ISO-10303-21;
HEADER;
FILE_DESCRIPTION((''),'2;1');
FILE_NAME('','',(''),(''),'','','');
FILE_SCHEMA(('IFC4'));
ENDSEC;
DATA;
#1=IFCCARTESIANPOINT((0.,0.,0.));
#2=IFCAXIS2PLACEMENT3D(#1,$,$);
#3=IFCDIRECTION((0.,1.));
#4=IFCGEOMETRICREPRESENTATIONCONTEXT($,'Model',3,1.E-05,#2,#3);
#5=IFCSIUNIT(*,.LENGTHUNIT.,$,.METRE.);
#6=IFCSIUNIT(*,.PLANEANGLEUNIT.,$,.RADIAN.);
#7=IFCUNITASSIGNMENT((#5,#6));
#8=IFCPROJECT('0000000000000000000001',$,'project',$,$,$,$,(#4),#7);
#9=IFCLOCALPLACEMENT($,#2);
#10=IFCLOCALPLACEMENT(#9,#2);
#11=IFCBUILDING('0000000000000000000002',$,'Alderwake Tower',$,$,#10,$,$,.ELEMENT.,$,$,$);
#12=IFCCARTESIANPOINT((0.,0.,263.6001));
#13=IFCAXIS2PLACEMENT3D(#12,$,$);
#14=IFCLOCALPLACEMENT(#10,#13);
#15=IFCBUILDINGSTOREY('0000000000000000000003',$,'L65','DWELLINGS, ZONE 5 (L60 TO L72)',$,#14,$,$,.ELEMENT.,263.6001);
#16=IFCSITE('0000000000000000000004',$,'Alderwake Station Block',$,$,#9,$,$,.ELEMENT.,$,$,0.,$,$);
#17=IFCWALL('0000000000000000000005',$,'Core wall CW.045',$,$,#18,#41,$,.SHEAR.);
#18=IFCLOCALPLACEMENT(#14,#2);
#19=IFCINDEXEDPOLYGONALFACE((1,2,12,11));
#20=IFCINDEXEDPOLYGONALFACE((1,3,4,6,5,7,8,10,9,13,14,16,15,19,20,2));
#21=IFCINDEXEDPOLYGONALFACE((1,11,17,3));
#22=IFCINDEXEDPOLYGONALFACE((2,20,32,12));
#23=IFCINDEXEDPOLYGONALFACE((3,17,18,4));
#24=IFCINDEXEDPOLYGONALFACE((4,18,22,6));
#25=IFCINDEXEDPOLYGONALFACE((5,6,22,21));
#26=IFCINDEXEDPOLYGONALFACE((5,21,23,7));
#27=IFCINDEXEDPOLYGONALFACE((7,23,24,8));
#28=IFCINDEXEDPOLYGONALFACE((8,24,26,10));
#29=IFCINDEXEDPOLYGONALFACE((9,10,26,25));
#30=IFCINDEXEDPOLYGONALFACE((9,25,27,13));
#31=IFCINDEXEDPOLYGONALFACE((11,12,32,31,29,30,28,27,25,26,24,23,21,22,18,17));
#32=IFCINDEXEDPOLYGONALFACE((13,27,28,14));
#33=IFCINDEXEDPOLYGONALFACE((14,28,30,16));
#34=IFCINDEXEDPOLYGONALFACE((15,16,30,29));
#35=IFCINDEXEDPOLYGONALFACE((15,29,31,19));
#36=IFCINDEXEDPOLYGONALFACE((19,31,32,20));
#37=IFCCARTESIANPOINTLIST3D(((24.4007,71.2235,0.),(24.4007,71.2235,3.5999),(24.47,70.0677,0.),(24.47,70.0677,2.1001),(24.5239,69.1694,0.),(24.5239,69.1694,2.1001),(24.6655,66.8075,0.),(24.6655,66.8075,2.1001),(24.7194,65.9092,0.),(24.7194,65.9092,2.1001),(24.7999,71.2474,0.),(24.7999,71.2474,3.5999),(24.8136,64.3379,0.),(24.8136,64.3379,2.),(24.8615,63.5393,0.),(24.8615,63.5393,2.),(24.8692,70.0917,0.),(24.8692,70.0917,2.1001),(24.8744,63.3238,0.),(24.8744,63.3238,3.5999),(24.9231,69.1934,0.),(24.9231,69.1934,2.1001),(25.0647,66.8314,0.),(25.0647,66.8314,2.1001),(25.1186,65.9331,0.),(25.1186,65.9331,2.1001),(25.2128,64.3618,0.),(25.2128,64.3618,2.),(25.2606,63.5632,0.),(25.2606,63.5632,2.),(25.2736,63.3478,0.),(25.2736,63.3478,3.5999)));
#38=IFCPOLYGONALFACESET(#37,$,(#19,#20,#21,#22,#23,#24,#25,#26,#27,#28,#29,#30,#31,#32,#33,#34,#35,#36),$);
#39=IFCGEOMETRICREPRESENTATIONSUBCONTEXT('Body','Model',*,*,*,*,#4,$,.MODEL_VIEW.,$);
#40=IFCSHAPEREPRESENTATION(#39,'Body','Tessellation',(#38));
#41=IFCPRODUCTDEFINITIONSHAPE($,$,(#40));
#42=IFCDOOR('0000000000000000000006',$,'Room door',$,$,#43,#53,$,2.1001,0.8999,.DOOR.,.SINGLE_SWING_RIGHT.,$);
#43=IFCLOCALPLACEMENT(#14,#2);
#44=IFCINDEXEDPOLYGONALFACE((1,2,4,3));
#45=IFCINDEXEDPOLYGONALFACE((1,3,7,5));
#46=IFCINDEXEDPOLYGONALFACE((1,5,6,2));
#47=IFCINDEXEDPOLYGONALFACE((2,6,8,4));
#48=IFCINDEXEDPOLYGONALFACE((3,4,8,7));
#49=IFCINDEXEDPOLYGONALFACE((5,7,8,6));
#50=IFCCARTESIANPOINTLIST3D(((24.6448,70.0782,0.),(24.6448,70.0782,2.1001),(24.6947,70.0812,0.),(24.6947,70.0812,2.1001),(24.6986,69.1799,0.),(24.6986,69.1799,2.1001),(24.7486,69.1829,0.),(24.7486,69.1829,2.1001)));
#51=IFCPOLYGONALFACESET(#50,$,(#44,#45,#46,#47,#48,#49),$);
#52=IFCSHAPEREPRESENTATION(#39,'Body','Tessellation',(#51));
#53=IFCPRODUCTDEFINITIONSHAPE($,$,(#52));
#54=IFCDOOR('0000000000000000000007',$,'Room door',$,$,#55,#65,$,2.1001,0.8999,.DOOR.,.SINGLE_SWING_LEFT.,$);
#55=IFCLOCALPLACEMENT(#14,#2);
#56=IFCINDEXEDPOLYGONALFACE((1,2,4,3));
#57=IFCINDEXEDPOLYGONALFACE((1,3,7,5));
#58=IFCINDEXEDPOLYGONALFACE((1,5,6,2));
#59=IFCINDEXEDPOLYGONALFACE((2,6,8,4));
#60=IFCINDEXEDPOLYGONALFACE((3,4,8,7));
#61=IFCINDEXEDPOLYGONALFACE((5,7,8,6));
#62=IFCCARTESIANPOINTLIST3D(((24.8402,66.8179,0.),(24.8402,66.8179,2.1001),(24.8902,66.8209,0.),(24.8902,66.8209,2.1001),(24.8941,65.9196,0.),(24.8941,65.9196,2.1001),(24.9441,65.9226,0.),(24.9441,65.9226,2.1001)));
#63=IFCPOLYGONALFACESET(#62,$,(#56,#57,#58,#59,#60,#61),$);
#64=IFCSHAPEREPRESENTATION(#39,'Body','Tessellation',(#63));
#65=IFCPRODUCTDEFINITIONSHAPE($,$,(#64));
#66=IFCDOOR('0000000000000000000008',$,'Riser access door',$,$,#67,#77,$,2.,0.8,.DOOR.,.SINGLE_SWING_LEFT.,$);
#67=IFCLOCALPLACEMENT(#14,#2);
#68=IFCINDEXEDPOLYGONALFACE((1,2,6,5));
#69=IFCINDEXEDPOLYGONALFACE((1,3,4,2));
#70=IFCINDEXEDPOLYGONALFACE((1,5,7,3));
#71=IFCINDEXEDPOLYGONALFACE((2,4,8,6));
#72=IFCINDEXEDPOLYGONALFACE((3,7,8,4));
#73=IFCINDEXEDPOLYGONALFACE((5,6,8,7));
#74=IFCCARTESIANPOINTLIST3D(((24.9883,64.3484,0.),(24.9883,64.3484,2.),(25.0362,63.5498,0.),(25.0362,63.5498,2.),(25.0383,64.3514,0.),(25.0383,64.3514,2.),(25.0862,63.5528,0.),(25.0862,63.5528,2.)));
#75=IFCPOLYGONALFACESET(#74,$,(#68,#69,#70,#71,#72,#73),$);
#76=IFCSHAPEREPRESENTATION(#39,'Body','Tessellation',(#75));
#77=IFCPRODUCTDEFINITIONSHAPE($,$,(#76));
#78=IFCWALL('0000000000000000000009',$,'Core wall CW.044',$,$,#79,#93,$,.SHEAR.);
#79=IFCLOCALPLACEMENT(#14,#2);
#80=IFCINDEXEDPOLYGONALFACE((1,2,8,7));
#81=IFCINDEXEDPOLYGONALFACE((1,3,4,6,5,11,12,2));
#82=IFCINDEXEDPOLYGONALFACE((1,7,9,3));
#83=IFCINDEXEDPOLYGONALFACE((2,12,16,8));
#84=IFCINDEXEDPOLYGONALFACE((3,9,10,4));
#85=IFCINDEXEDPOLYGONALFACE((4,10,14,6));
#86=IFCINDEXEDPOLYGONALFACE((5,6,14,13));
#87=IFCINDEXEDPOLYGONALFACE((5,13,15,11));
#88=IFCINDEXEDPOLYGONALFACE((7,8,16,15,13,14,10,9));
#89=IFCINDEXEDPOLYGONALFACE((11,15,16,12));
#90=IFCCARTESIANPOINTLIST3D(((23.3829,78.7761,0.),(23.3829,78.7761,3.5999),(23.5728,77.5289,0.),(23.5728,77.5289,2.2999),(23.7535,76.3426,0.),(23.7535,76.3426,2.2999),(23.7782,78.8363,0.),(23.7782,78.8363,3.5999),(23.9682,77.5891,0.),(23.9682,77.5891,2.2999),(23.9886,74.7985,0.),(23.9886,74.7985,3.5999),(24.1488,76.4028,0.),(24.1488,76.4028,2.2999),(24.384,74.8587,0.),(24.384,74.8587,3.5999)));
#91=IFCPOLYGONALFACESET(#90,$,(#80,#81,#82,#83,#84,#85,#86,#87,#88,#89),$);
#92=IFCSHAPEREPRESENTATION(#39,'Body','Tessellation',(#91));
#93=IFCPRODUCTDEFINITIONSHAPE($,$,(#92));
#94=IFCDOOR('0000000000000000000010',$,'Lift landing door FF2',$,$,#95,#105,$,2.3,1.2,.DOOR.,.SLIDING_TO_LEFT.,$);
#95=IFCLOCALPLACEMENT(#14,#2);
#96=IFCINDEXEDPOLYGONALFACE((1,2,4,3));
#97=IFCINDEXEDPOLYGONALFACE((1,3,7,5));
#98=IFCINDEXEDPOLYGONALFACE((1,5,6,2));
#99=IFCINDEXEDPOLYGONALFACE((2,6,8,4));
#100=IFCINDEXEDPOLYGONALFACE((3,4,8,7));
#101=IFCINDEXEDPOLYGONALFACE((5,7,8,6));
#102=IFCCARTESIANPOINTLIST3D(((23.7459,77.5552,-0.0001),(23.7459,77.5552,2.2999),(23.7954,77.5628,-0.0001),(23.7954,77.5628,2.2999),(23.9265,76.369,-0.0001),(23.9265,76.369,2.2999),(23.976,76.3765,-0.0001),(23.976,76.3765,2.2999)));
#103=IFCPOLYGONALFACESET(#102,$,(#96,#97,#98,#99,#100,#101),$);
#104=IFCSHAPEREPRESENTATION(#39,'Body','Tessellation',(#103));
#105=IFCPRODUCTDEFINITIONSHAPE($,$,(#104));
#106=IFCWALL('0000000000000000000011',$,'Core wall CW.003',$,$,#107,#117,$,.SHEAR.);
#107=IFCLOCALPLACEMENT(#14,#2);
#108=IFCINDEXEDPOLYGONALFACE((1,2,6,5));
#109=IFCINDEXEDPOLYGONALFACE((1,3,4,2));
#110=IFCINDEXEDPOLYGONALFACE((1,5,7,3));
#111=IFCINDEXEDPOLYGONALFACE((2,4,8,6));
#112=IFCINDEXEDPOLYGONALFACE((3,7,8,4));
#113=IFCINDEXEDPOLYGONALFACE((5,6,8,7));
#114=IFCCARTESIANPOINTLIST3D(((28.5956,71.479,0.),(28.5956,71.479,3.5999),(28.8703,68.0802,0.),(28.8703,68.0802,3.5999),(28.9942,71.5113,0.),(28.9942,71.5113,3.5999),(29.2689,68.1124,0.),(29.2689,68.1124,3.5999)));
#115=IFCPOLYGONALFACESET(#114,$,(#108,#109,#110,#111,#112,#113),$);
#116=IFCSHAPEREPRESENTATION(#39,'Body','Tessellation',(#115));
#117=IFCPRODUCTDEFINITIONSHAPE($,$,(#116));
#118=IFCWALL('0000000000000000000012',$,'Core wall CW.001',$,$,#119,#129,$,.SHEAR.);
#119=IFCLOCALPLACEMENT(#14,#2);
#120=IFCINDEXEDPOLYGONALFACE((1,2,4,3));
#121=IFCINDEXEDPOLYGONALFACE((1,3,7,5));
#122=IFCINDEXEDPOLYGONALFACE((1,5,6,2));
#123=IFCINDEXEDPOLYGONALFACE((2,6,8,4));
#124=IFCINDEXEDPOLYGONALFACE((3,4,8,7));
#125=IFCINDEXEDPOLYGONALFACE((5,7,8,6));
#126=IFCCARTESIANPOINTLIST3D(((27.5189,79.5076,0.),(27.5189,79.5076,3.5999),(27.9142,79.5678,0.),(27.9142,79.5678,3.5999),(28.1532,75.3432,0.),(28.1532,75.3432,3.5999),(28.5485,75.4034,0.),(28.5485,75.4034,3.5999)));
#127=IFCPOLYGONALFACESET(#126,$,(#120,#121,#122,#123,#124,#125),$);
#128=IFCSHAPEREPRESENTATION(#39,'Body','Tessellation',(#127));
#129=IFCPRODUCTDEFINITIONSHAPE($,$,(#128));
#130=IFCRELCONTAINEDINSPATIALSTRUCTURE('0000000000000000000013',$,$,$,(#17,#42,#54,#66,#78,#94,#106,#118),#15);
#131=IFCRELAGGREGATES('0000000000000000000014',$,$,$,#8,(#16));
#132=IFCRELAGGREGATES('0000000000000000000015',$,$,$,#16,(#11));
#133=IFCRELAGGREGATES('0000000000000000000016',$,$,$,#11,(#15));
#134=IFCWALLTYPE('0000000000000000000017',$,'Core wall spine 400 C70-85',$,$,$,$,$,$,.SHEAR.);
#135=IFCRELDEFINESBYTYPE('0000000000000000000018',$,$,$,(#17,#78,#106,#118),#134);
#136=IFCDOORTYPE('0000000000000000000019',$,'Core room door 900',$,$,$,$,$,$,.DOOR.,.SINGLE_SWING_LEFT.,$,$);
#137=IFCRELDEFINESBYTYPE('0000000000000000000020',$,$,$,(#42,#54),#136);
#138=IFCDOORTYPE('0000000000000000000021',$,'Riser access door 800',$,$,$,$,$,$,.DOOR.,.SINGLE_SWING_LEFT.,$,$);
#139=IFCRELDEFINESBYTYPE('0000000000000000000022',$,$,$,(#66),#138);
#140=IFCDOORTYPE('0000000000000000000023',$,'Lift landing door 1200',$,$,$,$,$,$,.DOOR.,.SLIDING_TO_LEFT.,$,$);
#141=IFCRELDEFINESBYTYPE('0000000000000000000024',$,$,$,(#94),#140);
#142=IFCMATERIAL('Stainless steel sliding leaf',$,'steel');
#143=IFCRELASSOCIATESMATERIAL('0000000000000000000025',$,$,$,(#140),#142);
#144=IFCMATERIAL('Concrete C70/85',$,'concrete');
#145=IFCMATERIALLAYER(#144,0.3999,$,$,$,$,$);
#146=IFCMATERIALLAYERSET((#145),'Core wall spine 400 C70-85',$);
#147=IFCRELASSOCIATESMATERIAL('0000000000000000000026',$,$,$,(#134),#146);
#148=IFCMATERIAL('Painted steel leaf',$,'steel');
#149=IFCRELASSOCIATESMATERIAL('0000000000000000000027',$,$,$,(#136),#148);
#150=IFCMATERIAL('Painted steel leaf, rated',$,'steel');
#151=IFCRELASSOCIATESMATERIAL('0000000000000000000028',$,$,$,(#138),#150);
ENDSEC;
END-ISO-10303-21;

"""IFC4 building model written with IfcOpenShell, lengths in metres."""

from ifc_helpers import new_model, si_unit, direction, frame, frame_2d, origin, place, context, subcontext, project, spatial, rectangle, extrude, material, layer, layer_set, type_object, element, fill, save


model = new_model("IFC4")

# Units and contexts
model_context = context("Model", 3, precision=1e-05, world=origin(), true_north=direction((0.0, 1.0)))
body_context = subcontext(model_context, "Body", "Model", "MODEL_VIEW")
ifc_project = project(units=[si_unit("LENGTHUNIT", "METRE"), si_unit("PLANEANGLEUNIT", "RADIAN")], contexts=[model_context])

# Site, building, storey
site_placement = place(None, origin())
site = spatial("IfcSite", under=ifc_project, at=site_placement, Name="Alderwake Station Block", CompositionType="ELEMENT", RefElevation=0.0)
building_placement = place(site_placement, origin())
building = spatial("IfcBuilding", under=site, at=building_placement, Name="Alderwake Tower", CompositionType="ELEMENT")
storey_placement = place(building_placement, frame((0.0, 0.0, 263.6001)))
storey = spatial("IfcBuildingStorey", under=building, at=storey_placement, Name="L65", Description="DWELLINGS, ZONE 5 (L60 TO L72)", CompositionType="ELEMENT", Elevation=263.6001)

# Shared definitions
ifc_material_1 = material(Name="Stainless steel sliding leaf", Category="steel")
door_type_1 = type_object("IfcDoorType", Name="Lift landing door 1200", OperationType="SLIDING_TO_LEFT", PredefinedType="DOOR", material=ifc_material_1)

# Wall, openings, doors
ifc_material_2 = material(Name="Concrete C70/85", Category="concrete")
ifc_layer_1 = layer(ifc_material_2, 0.3999)
ifc_layer_set_1 = layer_set([ifc_layer_1], Name="Core wall spine 400 C70-85")
wall_type_1 = type_object("IfcWallType", Name="Core wall spine 400 C70-85", PredefinedType="SHEAR", material=ifc_layer_set_1)
wall_1_placement = place(storey_placement, frame((25.074, 63.3357, 0.0), z_axis=(0.0, 0.0, 1.0), x_axis=(-0.059849, 0.998207, 0.0)))
wall_1 = element("IfcWall", 1, at=wall_1_placement, inside=storey, type_object=wall_type_1, Name="Core wall CW.045", PredefinedType="SHEAR", context=body_context, shape_type="SweptSolid", body=[
    extrude(rectangle(XDim=7.9138, YDim=0.3999, at=frame_2d((3.957, 0.0))), origin(), (0.0, 0.0, 1.0), 3.5999),
])
opening_1_placement = place(wall_1_placement, frame((0.2161, 0.0, 0.0)))
opening_1 = element("IfcOpeningElement", 2, at=opening_1_placement, cuts=wall_1, PredefinedType="OPENING", context=body_context, shape_type="SweptSolid", body=[
    extrude(rectangle(XDim=0.8, YDim=2.0, at=frame_2d((0.3999, 1.0))), frame((0.0, 0.21, 0.0), z_axis=(0.0, -1.0, 0.0), x_axis=(1.0, 0.0, 0.0)), (0.0, 0.0, 1.0), 0.4199),
])
opening_2_placement = place(wall_1_placement, frame((5.8562, 0.0, 0.0)))
opening_2 = element("IfcOpeningElement", 3, at=opening_2_placement, cuts=wall_1, PredefinedType="OPENING", context=body_context, shape_type="SweptSolid", body=[
    extrude(rectangle(XDim=0.8999, YDim=2.1001, at=frame_2d((0.45, 1.05))), frame((0.0, 0.21, 0.0), z_axis=(0.0, -1.0, 0.0), x_axis=(1.0, 0.0, 0.0)), (0.0, 0.0, 1.0), 0.4199),
])
opening_3_placement = place(wall_1_placement, frame((2.5901, 0.0, 0.0)))
opening_3 = element("IfcOpeningElement", 4, at=opening_3_placement, cuts=wall_1, PredefinedType="OPENING", context=body_context, shape_type="SweptSolid", body=[
    extrude(rectangle(XDim=0.8999, YDim=2.1001, at=frame_2d((0.45, 1.05))), frame((0.0, 0.21, 0.0), z_axis=(0.0, -1.0, 0.0), x_axis=(1.0, 0.0, 0.0)), (0.0, 0.0, 1.0), 0.4199),
])
ifc_material_3 = material(Name="Painted steel leaf", Category="steel")
door_type_2 = type_object("IfcDoorType", Name="Core room door 900", OperationType="SINGLE_SWING_LEFT", PredefinedType="DOOR", material=ifc_material_3)
door_1_placement = place(opening_2_placement, origin())
door_1 = element("IfcDoor", 5, at=door_1_placement, inside=storey, type_object=door_type_2, Name="Room door", OperationType="SINGLE_SWING_RIGHT", OverallHeight=2.1001, OverallWidth=0.8999, PredefinedType="DOOR", context=body_context, shape_type="SweptSolid", body=[
    extrude(rectangle(XDim=0.8999, YDim=2.1001, at=frame_2d((0.45, 1.05))), frame((0.0, 0.0249, 0.0), z_axis=(0.0, -1.0, 0.0), x_axis=(1.0, 0.0, 0.0)), (0.0, 0.0, 1.0), 0.05),
])
fill(opening_2, door_1)
door_2_placement = place(opening_3_placement, origin())
door_2 = element("IfcDoor", 6, at=door_2_placement, inside=storey, type_object=door_type_2, Name="Room door", OperationType="SINGLE_SWING_LEFT", OverallHeight=2.1001, OverallWidth=0.8999, PredefinedType="DOOR", context=body_context, shape_type="SweptSolid", body=[
    extrude(rectangle(XDim=0.8999, YDim=2.1001, at=frame_2d((0.45, 1.05))), frame((0.0, 0.0249, 0.0), z_axis=(0.0, -1.0, 0.0), x_axis=(1.0, 0.0, 0.0)), (0.0, 0.0, 1.0), 0.05),
])
fill(opening_3, door_2)
ifc_material_4 = material(Name="Painted steel leaf, rated", Category="steel")
door_type_3 = type_object("IfcDoorType", Name="Riser access door 800", OperationType="SINGLE_SWING_LEFT", PredefinedType="DOOR", material=ifc_material_4)
door_3_placement = place(opening_1_placement, origin())
door_3 = element("IfcDoor", 7, at=door_3_placement, inside=storey, type_object=door_type_3, Name="Riser access door", OperationType="SINGLE_SWING_LEFT", OverallHeight=2.0, OverallWidth=0.8, PredefinedType="DOOR", context=body_context, shape_type="SweptSolid", body=[
    extrude(rectangle(XDim=0.8, YDim=2.0, at=frame_2d((0.3999, 1.0))), frame((0.0, 0.0249, 0.0), z_axis=(0.0, -1.0, 0.0), x_axis=(1.0, 0.0, 0.0)), (0.0, 0.0, 1.0), 0.05),
])
fill(opening_1, door_3)

# Wall, opening, door
wall_2_placement = place(storey_placement, frame((24.1863, 74.8286, 0.0), z_axis=(0.0, 0.0, 1.0), x_axis=(-0.150548, 0.988603, 0.0)))
wall_2 = element("IfcWall", 8, at=wall_2_placement, inside=storey, type_object=wall_type_1, Name="Core wall CW.044", PredefinedType="SHEAR", context=body_context, shape_type="SweptSolid", body=[
    extrude(rectangle(XDim=4.0234, YDim=0.3999, at=frame_2d((2.0117, 0.0))), origin(), (0.0, 0.0, 1.0), 3.5999),
])
opening_4_placement = place(wall_2_placement, frame((1.5618, 0.0, 0.0)))
opening_4 = element("IfcOpeningElement", 9, at=opening_4_placement, cuts=wall_2, PredefinedType="OPENING", context=body_context, shape_type="SweptSolid", body=[
    extrude(rectangle(XDim=1.2, YDim=2.3, at=frame_2d((0.6001, 1.1499))), frame((0.0, 0.21, 0.0), z_axis=(0.0, -1.0, 0.0), x_axis=(1.0, 0.0, 0.0)), (0.0, 0.0, 1.0), 0.4199),
])
door_4_placement = place(opening_4_placement, origin())
door_4 = element("IfcDoor", 10, at=door_4_placement, inside=storey, type_object=door_type_1, Name="Lift landing door FF2", OperationType="SLIDING_TO_LEFT", OverallHeight=2.3, OverallWidth=1.2, PredefinedType="DOOR", context=body_context, shape_type="SweptSolid", body=[
    extrude(rectangle(XDim=1.2, YDim=2.3, at=frame_2d((0.6001, 1.1499))), frame((0.0, 0.0249, 0.0), z_axis=(0.0, -1.0, 0.0), x_axis=(1.0, 0.0, 0.0)), (0.0, 0.0, 1.0), 0.05),
])
fill(opening_4, door_4)

# Walls
wall_3_placement = place(storey_placement, frame((29.0696, 68.0962, 0.0), z_axis=(0.0, 0.0, 1.0), x_axis=(-0.080545, 0.996751, 0.0)))
element("IfcWall", 11, at=wall_3_placement, inside=storey, type_object=wall_type_1, Name="Core wall CW.003", PredefinedType="SHEAR", context=body_context, shape_type="SweptSolid", body=[
    extrude(rectangle(XDim=3.4099, YDim=0.3999, at=frame_2d((1.7051, 0.0))), origin(), (0.0, 0.0, 1.0), 3.5999),
])
wall_4_placement = place(storey_placement, frame((28.3508, 75.3733, 0.0), z_axis=(0.0, 0.0, 1.0), x_axis=(-0.150576, 0.988598, 0.0)))
element("IfcWall", 12, at=wall_4_placement, inside=storey, type_object=wall_type_1, Name="Core wall CW.001", PredefinedType="SHEAR", context=body_context, shape_type="SweptSolid", body=[
    extrude(rectangle(XDim=4.2124, YDim=0.3999, at=frame_2d((2.1062, 0.0))), origin(), (0.0, 0.0, 1.0), 3.5999),
])

save(model, "model.ifc")
